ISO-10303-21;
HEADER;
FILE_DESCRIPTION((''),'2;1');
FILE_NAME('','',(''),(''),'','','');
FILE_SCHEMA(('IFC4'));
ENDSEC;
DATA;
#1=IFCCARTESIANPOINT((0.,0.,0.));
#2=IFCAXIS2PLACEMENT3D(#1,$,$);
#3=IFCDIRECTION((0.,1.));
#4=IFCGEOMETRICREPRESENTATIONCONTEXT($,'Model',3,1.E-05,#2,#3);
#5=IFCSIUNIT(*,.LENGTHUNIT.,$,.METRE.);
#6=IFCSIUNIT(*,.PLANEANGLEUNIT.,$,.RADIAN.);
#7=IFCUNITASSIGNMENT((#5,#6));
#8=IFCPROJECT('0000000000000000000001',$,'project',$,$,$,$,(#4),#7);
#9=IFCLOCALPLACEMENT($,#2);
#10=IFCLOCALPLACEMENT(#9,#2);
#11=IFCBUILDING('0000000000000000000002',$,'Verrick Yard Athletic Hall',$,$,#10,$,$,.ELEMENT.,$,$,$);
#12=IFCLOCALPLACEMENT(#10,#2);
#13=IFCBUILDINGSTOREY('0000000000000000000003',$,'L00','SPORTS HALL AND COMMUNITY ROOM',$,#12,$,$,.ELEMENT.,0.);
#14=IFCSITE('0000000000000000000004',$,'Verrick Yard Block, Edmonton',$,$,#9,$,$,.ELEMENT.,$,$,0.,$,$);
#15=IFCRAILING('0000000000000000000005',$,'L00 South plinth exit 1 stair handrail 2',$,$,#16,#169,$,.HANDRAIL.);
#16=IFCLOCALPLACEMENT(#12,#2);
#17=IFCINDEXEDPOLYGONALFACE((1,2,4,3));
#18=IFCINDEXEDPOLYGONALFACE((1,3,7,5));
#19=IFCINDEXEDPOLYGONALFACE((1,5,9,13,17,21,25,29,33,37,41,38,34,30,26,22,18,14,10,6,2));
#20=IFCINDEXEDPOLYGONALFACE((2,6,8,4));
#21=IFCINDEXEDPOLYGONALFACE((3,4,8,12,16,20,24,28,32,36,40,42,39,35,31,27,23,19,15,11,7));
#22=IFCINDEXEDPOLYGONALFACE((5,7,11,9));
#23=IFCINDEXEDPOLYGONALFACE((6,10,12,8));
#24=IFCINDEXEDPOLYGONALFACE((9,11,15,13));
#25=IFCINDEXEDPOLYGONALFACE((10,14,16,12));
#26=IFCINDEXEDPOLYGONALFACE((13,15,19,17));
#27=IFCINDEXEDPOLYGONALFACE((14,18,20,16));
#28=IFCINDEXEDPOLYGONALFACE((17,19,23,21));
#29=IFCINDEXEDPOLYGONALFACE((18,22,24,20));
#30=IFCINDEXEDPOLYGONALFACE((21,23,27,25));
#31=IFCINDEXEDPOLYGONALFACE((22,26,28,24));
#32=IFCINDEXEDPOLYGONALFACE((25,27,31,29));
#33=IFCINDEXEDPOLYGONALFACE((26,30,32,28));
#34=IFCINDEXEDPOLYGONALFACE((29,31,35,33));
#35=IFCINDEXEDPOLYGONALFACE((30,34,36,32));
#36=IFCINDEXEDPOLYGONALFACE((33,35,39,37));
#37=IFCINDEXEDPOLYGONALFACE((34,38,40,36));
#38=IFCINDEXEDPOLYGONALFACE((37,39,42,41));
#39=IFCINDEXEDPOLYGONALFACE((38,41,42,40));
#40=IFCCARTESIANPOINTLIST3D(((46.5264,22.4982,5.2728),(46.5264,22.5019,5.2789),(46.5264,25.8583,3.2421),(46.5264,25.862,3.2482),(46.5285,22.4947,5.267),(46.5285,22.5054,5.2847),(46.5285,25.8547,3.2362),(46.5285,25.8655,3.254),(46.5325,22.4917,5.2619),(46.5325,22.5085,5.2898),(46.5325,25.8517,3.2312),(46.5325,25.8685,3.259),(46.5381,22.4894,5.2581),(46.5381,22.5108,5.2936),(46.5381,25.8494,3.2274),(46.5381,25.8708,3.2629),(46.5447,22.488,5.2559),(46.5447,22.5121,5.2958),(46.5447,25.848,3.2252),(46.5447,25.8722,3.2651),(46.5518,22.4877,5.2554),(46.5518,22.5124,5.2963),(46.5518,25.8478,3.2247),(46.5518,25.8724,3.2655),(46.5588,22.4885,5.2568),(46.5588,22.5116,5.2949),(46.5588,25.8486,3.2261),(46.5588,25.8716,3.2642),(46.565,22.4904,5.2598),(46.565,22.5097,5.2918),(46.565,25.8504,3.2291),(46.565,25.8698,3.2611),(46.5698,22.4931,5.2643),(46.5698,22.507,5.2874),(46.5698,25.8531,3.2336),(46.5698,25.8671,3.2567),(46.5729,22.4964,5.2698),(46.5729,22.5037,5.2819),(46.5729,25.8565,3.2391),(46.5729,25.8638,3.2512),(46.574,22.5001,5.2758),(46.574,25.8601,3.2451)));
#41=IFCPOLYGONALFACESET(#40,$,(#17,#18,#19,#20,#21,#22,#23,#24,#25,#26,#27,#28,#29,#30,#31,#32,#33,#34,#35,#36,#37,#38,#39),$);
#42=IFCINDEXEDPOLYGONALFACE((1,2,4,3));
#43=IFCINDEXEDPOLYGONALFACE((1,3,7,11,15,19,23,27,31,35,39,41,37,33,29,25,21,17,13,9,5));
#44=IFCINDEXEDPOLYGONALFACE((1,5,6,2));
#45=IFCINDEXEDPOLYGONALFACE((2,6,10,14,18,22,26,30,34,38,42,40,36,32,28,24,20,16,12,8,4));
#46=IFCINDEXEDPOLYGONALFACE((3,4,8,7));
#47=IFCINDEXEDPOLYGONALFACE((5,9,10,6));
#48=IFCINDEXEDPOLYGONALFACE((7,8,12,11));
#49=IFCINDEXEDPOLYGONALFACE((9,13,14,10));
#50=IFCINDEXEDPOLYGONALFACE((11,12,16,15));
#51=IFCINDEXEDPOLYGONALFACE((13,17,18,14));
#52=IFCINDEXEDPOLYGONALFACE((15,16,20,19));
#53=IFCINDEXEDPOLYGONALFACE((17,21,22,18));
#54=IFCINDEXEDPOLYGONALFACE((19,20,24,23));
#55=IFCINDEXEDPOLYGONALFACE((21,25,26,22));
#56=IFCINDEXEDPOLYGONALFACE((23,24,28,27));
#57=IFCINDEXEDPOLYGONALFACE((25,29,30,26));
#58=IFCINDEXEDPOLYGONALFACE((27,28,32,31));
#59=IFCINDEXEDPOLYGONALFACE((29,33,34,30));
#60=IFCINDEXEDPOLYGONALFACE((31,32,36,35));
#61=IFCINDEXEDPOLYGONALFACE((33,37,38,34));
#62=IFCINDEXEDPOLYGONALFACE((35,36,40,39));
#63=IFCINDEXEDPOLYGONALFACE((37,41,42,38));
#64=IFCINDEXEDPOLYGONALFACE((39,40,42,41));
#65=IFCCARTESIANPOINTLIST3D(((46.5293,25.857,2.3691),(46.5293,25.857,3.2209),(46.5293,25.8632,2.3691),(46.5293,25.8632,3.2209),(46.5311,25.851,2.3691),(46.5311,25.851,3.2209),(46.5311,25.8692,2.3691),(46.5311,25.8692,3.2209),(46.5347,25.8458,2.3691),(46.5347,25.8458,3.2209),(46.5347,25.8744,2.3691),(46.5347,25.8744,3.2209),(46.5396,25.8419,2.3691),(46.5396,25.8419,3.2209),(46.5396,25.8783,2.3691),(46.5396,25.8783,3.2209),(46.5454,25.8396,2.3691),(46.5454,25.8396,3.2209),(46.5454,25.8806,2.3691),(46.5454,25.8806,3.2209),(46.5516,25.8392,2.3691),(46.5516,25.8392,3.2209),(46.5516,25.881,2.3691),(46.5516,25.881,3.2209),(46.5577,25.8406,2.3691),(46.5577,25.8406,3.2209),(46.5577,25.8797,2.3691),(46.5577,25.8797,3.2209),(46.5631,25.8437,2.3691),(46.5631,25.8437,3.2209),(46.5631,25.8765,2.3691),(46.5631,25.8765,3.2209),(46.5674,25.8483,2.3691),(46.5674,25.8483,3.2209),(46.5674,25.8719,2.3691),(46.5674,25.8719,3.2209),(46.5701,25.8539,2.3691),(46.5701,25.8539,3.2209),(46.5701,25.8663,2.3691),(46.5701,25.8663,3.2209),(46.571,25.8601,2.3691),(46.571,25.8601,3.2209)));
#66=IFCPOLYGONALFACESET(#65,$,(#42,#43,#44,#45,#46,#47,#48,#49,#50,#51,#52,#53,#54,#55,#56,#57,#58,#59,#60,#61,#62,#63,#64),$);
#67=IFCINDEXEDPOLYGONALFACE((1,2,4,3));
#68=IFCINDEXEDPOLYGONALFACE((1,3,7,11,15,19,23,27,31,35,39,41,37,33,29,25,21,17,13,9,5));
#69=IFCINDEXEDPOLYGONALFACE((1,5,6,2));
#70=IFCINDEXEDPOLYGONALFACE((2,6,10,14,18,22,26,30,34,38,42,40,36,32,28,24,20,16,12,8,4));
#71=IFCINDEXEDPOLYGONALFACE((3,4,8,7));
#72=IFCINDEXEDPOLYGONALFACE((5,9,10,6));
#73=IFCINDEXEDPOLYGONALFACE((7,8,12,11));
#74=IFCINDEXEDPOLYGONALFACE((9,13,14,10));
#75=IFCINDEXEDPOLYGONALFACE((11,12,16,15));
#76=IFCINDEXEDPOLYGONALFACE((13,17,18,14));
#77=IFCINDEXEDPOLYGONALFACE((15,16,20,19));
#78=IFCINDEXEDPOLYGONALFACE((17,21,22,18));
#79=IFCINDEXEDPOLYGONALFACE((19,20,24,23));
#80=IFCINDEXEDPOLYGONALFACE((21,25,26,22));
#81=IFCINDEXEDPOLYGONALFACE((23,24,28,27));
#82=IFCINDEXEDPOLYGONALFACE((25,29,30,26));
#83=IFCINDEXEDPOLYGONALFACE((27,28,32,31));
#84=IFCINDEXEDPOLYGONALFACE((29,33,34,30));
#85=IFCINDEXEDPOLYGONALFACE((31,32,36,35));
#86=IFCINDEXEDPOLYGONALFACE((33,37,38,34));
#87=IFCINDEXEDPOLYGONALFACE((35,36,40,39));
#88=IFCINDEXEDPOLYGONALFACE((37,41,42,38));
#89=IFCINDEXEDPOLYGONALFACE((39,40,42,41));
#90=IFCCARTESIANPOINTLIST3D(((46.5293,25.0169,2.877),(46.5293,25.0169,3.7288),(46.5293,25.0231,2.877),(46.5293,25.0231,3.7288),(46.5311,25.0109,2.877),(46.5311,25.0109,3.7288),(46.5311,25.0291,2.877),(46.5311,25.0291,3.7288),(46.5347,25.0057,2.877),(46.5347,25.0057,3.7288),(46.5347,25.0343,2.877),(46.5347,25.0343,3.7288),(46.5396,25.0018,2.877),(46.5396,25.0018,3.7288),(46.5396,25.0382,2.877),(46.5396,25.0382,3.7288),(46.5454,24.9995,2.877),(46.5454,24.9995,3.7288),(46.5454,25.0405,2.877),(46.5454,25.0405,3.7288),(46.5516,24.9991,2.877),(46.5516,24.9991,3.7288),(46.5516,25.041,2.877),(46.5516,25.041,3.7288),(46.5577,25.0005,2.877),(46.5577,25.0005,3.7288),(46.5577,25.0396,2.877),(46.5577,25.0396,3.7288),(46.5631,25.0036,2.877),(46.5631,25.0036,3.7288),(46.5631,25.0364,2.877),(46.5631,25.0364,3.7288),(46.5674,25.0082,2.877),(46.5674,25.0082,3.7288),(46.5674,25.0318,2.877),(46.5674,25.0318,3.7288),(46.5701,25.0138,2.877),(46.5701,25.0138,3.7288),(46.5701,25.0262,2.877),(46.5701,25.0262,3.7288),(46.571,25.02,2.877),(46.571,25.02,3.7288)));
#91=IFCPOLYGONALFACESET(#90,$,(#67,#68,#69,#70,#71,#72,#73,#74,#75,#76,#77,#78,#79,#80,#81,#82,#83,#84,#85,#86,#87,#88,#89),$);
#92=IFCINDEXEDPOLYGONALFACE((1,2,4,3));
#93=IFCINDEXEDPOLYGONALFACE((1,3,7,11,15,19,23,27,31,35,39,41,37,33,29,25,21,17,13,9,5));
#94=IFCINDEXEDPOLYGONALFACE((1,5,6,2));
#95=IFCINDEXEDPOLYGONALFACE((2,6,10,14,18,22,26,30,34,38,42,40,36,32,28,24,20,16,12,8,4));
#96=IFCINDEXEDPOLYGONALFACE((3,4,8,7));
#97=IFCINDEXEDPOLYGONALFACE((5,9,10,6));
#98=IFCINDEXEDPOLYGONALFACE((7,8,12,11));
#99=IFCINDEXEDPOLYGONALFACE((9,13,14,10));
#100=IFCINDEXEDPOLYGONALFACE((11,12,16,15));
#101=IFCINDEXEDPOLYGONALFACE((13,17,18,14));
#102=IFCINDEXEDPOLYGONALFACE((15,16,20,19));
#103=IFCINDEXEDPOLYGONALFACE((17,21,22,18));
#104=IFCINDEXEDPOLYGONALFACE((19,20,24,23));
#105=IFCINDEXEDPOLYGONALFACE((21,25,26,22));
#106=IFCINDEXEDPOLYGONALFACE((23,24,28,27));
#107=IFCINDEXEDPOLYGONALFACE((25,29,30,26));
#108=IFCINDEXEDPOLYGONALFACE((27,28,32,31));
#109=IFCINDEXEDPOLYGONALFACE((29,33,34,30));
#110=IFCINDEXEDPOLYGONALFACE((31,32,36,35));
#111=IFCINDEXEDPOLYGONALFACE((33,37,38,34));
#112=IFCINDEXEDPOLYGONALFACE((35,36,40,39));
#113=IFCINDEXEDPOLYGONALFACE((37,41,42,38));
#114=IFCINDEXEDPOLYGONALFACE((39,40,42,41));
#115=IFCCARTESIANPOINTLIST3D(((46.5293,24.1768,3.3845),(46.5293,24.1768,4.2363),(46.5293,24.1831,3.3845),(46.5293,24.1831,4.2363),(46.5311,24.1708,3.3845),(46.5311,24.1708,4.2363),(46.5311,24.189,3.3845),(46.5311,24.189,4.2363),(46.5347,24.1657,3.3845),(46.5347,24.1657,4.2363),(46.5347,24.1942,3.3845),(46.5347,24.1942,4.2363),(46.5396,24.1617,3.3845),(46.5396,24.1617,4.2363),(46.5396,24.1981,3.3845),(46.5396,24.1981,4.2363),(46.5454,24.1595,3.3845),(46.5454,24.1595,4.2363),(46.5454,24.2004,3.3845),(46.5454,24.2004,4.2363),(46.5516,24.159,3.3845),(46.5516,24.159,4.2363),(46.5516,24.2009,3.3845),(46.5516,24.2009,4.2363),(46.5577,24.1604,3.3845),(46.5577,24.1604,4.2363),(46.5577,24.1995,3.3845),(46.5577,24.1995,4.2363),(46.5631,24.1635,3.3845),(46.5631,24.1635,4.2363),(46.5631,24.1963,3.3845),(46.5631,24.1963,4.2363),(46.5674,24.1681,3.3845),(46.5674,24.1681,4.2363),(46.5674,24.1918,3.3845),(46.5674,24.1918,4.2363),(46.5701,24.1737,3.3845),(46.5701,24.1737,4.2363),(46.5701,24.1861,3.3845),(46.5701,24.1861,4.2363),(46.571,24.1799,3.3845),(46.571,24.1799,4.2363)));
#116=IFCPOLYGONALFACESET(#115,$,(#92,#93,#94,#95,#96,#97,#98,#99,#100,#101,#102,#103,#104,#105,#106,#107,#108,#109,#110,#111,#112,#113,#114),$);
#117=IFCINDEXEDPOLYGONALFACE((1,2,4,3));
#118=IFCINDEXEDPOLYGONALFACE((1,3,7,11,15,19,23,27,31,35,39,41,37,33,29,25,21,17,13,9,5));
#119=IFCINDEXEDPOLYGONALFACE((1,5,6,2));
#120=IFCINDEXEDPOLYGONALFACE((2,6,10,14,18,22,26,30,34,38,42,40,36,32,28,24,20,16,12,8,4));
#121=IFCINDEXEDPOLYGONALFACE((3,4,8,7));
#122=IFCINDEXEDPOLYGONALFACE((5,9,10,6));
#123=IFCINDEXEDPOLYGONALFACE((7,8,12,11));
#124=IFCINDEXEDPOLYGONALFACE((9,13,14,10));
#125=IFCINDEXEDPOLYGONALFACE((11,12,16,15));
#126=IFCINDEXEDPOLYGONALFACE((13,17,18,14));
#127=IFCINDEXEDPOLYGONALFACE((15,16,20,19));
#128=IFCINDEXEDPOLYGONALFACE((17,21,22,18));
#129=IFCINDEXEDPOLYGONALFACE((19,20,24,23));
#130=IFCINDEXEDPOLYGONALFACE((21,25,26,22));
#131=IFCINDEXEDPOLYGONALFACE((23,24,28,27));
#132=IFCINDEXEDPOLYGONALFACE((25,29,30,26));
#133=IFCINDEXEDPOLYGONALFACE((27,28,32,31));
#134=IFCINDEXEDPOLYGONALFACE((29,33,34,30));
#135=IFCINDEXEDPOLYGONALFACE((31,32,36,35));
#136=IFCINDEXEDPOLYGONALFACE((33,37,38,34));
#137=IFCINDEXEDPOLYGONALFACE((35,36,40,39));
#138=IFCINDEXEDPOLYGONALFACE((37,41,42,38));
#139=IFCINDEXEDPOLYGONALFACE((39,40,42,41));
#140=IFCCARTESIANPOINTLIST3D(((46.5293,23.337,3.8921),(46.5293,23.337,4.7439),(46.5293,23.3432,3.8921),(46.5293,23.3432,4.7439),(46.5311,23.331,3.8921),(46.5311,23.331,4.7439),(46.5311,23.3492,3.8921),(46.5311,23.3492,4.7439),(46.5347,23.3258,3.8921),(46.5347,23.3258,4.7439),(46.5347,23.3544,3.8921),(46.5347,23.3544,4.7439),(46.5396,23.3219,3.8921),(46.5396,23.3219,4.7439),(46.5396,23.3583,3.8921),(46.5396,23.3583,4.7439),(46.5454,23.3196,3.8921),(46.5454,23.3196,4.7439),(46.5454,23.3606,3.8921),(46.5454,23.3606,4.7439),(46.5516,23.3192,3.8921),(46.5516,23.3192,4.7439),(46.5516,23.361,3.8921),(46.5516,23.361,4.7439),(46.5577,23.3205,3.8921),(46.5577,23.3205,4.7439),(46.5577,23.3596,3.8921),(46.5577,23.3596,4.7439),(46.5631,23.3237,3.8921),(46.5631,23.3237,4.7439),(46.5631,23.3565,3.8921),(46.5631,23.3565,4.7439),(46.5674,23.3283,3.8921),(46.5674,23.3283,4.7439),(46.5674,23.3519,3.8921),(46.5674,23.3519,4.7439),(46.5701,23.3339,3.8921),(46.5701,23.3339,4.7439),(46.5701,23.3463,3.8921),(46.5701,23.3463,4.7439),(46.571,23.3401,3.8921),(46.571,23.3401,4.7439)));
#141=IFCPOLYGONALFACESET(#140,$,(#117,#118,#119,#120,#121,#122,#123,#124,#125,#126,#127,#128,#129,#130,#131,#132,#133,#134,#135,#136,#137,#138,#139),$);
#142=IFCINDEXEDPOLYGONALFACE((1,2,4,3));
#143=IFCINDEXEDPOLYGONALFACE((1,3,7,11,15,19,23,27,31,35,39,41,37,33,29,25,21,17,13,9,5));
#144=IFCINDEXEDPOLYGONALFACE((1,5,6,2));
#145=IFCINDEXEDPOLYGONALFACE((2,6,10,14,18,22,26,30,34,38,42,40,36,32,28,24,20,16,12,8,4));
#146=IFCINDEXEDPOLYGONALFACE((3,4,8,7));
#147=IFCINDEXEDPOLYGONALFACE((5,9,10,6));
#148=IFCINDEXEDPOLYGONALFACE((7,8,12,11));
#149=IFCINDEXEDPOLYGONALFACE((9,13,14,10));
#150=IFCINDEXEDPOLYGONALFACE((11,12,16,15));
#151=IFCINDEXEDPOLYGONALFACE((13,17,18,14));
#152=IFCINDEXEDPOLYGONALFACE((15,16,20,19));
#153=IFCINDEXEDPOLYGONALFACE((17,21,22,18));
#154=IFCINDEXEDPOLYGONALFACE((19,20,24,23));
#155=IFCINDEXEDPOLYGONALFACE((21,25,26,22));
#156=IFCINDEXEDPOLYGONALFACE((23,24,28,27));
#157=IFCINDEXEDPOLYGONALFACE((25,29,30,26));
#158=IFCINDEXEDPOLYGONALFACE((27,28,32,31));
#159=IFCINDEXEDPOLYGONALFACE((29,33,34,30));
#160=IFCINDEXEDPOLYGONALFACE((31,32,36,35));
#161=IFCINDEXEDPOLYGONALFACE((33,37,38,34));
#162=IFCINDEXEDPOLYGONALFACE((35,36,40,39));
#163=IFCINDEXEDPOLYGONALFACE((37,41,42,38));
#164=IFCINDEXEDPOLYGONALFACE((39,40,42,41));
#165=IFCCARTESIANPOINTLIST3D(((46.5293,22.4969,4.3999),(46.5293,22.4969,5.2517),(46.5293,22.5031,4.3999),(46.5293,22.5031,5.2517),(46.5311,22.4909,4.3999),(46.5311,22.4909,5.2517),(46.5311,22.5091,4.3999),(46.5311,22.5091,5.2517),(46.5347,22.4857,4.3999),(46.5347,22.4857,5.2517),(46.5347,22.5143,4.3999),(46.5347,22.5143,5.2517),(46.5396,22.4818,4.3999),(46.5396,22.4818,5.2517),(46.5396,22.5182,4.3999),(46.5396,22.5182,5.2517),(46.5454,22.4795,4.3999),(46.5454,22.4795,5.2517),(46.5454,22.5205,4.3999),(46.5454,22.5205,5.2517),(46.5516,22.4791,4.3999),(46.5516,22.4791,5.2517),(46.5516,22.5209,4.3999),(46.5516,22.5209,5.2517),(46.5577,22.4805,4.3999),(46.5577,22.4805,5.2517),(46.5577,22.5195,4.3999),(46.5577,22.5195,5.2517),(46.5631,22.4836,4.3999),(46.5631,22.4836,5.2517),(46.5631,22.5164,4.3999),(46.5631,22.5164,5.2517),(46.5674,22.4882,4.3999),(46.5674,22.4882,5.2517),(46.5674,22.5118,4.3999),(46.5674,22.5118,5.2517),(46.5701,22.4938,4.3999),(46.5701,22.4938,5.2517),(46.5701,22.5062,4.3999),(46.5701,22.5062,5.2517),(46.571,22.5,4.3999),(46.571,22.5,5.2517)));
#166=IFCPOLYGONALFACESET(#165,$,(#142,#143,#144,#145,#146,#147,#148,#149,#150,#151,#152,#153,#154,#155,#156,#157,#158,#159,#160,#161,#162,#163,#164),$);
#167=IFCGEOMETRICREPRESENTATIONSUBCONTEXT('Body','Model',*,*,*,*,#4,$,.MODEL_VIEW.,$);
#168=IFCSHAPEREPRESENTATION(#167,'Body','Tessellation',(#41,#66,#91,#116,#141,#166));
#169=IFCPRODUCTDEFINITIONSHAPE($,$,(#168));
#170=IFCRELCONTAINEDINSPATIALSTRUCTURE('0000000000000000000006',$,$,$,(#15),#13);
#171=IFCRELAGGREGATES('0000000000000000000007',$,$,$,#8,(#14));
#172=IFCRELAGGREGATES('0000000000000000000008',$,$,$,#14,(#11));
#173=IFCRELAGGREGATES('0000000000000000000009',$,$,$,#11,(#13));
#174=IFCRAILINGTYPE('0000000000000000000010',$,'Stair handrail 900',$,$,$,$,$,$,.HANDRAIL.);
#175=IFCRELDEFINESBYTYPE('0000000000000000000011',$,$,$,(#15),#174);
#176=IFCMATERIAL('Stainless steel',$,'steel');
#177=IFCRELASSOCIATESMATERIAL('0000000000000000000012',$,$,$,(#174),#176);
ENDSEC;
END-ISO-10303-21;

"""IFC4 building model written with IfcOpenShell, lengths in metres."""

from ifc_helpers import new_model, si_unit, direction, frame, origin, origin_2d, place, context, subcontext, project, spatial, circle, extrude, material, type_object, element, save


model = new_model("IFC4")

# Units and contexts
model_context = context("Model", 3, precision=1e-05, world=origin(), true_north=direction((0.0, 1.0)))
body_context = subcontext(model_context, "Body", "Model", "MODEL_VIEW")
ifc_project = project(units=[si_unit("LENGTHUNIT", "METRE"), si_unit("PLANEANGLEUNIT", "RADIAN")], contexts=[model_context])

# Site, building, storey
site_placement = place(None, origin())
site = spatial("IfcSite", under=ifc_project, at=site_placement, Name="Verrick Yard Block, Edmonton", CompositionType="ELEMENT", RefElevation=0.0)
building_placement = place(site_placement, origin())
building = spatial("IfcBuilding", under=site, at=building_placement, Name="Verrick Yard Athletic Hall", CompositionType="ELEMENT")
storey_placement = place(building_placement, origin())
storey = spatial("IfcBuildingStorey", under=building, at=storey_placement, Name="L00", Description="SPORTS HALL AND COMMUNITY ROOM", CompositionType="ELEMENT", Elevation=0.0)

# Railing
ifc_material_1 = material(Name="Stainless steel", Category="steel")
railing_type_1 = type_object("IfcRailingType", Name="Stair handrail 900", PredefinedType="HANDRAIL", material=ifc_material_1)
railing_1_placement = place(storey_placement, frame((46.55, 25.8601, 2.3691)))
element("IfcRailing", 1, at=railing_1_placement, inside=storey, type_object=railing_type_1, Name="L00 South plinth exit 1 stair handrail 2", PredefinedType="HANDRAIL", context=body_context, shape_type="SweptSolid", body=[
    extrude(circle(Radius=0.0239, at=origin_2d()), frame((0.0, 0.0, 0.876), z_axis=(0.0, -0.855837, 0.517246), x_axis=(1.0, 0.0, 0.0)), (0.0, 0.0, 1.0), 3.926),
    extrude(circle(Radius=0.021, at=origin_2d()), origin(), (0.0, 0.0, 1.0), 0.8518),
    extrude(circle(Radius=0.021, at=origin_2d()), frame((0.0, -0.8401, 0.5078)), (0.0, 0.0, 1.0), 0.8518),
    extrude(circle(Radius=0.021, at=origin_2d()), frame((0.0, -1.6802, 1.0154)), (0.0, 0.0, 1.0), 0.8518),
    extrude(circle(Radius=0.021, at=origin_2d()), frame((0.0, -2.52, 1.5229)), (0.0, 0.0, 1.0), 0.8518),
    extrude(circle(Radius=0.021, at=origin_2d()), frame((0.0, -3.3601, 2.0308)), (0.0, 0.0, 1.0), 0.8518),
])

save(model, "model.ifc")
